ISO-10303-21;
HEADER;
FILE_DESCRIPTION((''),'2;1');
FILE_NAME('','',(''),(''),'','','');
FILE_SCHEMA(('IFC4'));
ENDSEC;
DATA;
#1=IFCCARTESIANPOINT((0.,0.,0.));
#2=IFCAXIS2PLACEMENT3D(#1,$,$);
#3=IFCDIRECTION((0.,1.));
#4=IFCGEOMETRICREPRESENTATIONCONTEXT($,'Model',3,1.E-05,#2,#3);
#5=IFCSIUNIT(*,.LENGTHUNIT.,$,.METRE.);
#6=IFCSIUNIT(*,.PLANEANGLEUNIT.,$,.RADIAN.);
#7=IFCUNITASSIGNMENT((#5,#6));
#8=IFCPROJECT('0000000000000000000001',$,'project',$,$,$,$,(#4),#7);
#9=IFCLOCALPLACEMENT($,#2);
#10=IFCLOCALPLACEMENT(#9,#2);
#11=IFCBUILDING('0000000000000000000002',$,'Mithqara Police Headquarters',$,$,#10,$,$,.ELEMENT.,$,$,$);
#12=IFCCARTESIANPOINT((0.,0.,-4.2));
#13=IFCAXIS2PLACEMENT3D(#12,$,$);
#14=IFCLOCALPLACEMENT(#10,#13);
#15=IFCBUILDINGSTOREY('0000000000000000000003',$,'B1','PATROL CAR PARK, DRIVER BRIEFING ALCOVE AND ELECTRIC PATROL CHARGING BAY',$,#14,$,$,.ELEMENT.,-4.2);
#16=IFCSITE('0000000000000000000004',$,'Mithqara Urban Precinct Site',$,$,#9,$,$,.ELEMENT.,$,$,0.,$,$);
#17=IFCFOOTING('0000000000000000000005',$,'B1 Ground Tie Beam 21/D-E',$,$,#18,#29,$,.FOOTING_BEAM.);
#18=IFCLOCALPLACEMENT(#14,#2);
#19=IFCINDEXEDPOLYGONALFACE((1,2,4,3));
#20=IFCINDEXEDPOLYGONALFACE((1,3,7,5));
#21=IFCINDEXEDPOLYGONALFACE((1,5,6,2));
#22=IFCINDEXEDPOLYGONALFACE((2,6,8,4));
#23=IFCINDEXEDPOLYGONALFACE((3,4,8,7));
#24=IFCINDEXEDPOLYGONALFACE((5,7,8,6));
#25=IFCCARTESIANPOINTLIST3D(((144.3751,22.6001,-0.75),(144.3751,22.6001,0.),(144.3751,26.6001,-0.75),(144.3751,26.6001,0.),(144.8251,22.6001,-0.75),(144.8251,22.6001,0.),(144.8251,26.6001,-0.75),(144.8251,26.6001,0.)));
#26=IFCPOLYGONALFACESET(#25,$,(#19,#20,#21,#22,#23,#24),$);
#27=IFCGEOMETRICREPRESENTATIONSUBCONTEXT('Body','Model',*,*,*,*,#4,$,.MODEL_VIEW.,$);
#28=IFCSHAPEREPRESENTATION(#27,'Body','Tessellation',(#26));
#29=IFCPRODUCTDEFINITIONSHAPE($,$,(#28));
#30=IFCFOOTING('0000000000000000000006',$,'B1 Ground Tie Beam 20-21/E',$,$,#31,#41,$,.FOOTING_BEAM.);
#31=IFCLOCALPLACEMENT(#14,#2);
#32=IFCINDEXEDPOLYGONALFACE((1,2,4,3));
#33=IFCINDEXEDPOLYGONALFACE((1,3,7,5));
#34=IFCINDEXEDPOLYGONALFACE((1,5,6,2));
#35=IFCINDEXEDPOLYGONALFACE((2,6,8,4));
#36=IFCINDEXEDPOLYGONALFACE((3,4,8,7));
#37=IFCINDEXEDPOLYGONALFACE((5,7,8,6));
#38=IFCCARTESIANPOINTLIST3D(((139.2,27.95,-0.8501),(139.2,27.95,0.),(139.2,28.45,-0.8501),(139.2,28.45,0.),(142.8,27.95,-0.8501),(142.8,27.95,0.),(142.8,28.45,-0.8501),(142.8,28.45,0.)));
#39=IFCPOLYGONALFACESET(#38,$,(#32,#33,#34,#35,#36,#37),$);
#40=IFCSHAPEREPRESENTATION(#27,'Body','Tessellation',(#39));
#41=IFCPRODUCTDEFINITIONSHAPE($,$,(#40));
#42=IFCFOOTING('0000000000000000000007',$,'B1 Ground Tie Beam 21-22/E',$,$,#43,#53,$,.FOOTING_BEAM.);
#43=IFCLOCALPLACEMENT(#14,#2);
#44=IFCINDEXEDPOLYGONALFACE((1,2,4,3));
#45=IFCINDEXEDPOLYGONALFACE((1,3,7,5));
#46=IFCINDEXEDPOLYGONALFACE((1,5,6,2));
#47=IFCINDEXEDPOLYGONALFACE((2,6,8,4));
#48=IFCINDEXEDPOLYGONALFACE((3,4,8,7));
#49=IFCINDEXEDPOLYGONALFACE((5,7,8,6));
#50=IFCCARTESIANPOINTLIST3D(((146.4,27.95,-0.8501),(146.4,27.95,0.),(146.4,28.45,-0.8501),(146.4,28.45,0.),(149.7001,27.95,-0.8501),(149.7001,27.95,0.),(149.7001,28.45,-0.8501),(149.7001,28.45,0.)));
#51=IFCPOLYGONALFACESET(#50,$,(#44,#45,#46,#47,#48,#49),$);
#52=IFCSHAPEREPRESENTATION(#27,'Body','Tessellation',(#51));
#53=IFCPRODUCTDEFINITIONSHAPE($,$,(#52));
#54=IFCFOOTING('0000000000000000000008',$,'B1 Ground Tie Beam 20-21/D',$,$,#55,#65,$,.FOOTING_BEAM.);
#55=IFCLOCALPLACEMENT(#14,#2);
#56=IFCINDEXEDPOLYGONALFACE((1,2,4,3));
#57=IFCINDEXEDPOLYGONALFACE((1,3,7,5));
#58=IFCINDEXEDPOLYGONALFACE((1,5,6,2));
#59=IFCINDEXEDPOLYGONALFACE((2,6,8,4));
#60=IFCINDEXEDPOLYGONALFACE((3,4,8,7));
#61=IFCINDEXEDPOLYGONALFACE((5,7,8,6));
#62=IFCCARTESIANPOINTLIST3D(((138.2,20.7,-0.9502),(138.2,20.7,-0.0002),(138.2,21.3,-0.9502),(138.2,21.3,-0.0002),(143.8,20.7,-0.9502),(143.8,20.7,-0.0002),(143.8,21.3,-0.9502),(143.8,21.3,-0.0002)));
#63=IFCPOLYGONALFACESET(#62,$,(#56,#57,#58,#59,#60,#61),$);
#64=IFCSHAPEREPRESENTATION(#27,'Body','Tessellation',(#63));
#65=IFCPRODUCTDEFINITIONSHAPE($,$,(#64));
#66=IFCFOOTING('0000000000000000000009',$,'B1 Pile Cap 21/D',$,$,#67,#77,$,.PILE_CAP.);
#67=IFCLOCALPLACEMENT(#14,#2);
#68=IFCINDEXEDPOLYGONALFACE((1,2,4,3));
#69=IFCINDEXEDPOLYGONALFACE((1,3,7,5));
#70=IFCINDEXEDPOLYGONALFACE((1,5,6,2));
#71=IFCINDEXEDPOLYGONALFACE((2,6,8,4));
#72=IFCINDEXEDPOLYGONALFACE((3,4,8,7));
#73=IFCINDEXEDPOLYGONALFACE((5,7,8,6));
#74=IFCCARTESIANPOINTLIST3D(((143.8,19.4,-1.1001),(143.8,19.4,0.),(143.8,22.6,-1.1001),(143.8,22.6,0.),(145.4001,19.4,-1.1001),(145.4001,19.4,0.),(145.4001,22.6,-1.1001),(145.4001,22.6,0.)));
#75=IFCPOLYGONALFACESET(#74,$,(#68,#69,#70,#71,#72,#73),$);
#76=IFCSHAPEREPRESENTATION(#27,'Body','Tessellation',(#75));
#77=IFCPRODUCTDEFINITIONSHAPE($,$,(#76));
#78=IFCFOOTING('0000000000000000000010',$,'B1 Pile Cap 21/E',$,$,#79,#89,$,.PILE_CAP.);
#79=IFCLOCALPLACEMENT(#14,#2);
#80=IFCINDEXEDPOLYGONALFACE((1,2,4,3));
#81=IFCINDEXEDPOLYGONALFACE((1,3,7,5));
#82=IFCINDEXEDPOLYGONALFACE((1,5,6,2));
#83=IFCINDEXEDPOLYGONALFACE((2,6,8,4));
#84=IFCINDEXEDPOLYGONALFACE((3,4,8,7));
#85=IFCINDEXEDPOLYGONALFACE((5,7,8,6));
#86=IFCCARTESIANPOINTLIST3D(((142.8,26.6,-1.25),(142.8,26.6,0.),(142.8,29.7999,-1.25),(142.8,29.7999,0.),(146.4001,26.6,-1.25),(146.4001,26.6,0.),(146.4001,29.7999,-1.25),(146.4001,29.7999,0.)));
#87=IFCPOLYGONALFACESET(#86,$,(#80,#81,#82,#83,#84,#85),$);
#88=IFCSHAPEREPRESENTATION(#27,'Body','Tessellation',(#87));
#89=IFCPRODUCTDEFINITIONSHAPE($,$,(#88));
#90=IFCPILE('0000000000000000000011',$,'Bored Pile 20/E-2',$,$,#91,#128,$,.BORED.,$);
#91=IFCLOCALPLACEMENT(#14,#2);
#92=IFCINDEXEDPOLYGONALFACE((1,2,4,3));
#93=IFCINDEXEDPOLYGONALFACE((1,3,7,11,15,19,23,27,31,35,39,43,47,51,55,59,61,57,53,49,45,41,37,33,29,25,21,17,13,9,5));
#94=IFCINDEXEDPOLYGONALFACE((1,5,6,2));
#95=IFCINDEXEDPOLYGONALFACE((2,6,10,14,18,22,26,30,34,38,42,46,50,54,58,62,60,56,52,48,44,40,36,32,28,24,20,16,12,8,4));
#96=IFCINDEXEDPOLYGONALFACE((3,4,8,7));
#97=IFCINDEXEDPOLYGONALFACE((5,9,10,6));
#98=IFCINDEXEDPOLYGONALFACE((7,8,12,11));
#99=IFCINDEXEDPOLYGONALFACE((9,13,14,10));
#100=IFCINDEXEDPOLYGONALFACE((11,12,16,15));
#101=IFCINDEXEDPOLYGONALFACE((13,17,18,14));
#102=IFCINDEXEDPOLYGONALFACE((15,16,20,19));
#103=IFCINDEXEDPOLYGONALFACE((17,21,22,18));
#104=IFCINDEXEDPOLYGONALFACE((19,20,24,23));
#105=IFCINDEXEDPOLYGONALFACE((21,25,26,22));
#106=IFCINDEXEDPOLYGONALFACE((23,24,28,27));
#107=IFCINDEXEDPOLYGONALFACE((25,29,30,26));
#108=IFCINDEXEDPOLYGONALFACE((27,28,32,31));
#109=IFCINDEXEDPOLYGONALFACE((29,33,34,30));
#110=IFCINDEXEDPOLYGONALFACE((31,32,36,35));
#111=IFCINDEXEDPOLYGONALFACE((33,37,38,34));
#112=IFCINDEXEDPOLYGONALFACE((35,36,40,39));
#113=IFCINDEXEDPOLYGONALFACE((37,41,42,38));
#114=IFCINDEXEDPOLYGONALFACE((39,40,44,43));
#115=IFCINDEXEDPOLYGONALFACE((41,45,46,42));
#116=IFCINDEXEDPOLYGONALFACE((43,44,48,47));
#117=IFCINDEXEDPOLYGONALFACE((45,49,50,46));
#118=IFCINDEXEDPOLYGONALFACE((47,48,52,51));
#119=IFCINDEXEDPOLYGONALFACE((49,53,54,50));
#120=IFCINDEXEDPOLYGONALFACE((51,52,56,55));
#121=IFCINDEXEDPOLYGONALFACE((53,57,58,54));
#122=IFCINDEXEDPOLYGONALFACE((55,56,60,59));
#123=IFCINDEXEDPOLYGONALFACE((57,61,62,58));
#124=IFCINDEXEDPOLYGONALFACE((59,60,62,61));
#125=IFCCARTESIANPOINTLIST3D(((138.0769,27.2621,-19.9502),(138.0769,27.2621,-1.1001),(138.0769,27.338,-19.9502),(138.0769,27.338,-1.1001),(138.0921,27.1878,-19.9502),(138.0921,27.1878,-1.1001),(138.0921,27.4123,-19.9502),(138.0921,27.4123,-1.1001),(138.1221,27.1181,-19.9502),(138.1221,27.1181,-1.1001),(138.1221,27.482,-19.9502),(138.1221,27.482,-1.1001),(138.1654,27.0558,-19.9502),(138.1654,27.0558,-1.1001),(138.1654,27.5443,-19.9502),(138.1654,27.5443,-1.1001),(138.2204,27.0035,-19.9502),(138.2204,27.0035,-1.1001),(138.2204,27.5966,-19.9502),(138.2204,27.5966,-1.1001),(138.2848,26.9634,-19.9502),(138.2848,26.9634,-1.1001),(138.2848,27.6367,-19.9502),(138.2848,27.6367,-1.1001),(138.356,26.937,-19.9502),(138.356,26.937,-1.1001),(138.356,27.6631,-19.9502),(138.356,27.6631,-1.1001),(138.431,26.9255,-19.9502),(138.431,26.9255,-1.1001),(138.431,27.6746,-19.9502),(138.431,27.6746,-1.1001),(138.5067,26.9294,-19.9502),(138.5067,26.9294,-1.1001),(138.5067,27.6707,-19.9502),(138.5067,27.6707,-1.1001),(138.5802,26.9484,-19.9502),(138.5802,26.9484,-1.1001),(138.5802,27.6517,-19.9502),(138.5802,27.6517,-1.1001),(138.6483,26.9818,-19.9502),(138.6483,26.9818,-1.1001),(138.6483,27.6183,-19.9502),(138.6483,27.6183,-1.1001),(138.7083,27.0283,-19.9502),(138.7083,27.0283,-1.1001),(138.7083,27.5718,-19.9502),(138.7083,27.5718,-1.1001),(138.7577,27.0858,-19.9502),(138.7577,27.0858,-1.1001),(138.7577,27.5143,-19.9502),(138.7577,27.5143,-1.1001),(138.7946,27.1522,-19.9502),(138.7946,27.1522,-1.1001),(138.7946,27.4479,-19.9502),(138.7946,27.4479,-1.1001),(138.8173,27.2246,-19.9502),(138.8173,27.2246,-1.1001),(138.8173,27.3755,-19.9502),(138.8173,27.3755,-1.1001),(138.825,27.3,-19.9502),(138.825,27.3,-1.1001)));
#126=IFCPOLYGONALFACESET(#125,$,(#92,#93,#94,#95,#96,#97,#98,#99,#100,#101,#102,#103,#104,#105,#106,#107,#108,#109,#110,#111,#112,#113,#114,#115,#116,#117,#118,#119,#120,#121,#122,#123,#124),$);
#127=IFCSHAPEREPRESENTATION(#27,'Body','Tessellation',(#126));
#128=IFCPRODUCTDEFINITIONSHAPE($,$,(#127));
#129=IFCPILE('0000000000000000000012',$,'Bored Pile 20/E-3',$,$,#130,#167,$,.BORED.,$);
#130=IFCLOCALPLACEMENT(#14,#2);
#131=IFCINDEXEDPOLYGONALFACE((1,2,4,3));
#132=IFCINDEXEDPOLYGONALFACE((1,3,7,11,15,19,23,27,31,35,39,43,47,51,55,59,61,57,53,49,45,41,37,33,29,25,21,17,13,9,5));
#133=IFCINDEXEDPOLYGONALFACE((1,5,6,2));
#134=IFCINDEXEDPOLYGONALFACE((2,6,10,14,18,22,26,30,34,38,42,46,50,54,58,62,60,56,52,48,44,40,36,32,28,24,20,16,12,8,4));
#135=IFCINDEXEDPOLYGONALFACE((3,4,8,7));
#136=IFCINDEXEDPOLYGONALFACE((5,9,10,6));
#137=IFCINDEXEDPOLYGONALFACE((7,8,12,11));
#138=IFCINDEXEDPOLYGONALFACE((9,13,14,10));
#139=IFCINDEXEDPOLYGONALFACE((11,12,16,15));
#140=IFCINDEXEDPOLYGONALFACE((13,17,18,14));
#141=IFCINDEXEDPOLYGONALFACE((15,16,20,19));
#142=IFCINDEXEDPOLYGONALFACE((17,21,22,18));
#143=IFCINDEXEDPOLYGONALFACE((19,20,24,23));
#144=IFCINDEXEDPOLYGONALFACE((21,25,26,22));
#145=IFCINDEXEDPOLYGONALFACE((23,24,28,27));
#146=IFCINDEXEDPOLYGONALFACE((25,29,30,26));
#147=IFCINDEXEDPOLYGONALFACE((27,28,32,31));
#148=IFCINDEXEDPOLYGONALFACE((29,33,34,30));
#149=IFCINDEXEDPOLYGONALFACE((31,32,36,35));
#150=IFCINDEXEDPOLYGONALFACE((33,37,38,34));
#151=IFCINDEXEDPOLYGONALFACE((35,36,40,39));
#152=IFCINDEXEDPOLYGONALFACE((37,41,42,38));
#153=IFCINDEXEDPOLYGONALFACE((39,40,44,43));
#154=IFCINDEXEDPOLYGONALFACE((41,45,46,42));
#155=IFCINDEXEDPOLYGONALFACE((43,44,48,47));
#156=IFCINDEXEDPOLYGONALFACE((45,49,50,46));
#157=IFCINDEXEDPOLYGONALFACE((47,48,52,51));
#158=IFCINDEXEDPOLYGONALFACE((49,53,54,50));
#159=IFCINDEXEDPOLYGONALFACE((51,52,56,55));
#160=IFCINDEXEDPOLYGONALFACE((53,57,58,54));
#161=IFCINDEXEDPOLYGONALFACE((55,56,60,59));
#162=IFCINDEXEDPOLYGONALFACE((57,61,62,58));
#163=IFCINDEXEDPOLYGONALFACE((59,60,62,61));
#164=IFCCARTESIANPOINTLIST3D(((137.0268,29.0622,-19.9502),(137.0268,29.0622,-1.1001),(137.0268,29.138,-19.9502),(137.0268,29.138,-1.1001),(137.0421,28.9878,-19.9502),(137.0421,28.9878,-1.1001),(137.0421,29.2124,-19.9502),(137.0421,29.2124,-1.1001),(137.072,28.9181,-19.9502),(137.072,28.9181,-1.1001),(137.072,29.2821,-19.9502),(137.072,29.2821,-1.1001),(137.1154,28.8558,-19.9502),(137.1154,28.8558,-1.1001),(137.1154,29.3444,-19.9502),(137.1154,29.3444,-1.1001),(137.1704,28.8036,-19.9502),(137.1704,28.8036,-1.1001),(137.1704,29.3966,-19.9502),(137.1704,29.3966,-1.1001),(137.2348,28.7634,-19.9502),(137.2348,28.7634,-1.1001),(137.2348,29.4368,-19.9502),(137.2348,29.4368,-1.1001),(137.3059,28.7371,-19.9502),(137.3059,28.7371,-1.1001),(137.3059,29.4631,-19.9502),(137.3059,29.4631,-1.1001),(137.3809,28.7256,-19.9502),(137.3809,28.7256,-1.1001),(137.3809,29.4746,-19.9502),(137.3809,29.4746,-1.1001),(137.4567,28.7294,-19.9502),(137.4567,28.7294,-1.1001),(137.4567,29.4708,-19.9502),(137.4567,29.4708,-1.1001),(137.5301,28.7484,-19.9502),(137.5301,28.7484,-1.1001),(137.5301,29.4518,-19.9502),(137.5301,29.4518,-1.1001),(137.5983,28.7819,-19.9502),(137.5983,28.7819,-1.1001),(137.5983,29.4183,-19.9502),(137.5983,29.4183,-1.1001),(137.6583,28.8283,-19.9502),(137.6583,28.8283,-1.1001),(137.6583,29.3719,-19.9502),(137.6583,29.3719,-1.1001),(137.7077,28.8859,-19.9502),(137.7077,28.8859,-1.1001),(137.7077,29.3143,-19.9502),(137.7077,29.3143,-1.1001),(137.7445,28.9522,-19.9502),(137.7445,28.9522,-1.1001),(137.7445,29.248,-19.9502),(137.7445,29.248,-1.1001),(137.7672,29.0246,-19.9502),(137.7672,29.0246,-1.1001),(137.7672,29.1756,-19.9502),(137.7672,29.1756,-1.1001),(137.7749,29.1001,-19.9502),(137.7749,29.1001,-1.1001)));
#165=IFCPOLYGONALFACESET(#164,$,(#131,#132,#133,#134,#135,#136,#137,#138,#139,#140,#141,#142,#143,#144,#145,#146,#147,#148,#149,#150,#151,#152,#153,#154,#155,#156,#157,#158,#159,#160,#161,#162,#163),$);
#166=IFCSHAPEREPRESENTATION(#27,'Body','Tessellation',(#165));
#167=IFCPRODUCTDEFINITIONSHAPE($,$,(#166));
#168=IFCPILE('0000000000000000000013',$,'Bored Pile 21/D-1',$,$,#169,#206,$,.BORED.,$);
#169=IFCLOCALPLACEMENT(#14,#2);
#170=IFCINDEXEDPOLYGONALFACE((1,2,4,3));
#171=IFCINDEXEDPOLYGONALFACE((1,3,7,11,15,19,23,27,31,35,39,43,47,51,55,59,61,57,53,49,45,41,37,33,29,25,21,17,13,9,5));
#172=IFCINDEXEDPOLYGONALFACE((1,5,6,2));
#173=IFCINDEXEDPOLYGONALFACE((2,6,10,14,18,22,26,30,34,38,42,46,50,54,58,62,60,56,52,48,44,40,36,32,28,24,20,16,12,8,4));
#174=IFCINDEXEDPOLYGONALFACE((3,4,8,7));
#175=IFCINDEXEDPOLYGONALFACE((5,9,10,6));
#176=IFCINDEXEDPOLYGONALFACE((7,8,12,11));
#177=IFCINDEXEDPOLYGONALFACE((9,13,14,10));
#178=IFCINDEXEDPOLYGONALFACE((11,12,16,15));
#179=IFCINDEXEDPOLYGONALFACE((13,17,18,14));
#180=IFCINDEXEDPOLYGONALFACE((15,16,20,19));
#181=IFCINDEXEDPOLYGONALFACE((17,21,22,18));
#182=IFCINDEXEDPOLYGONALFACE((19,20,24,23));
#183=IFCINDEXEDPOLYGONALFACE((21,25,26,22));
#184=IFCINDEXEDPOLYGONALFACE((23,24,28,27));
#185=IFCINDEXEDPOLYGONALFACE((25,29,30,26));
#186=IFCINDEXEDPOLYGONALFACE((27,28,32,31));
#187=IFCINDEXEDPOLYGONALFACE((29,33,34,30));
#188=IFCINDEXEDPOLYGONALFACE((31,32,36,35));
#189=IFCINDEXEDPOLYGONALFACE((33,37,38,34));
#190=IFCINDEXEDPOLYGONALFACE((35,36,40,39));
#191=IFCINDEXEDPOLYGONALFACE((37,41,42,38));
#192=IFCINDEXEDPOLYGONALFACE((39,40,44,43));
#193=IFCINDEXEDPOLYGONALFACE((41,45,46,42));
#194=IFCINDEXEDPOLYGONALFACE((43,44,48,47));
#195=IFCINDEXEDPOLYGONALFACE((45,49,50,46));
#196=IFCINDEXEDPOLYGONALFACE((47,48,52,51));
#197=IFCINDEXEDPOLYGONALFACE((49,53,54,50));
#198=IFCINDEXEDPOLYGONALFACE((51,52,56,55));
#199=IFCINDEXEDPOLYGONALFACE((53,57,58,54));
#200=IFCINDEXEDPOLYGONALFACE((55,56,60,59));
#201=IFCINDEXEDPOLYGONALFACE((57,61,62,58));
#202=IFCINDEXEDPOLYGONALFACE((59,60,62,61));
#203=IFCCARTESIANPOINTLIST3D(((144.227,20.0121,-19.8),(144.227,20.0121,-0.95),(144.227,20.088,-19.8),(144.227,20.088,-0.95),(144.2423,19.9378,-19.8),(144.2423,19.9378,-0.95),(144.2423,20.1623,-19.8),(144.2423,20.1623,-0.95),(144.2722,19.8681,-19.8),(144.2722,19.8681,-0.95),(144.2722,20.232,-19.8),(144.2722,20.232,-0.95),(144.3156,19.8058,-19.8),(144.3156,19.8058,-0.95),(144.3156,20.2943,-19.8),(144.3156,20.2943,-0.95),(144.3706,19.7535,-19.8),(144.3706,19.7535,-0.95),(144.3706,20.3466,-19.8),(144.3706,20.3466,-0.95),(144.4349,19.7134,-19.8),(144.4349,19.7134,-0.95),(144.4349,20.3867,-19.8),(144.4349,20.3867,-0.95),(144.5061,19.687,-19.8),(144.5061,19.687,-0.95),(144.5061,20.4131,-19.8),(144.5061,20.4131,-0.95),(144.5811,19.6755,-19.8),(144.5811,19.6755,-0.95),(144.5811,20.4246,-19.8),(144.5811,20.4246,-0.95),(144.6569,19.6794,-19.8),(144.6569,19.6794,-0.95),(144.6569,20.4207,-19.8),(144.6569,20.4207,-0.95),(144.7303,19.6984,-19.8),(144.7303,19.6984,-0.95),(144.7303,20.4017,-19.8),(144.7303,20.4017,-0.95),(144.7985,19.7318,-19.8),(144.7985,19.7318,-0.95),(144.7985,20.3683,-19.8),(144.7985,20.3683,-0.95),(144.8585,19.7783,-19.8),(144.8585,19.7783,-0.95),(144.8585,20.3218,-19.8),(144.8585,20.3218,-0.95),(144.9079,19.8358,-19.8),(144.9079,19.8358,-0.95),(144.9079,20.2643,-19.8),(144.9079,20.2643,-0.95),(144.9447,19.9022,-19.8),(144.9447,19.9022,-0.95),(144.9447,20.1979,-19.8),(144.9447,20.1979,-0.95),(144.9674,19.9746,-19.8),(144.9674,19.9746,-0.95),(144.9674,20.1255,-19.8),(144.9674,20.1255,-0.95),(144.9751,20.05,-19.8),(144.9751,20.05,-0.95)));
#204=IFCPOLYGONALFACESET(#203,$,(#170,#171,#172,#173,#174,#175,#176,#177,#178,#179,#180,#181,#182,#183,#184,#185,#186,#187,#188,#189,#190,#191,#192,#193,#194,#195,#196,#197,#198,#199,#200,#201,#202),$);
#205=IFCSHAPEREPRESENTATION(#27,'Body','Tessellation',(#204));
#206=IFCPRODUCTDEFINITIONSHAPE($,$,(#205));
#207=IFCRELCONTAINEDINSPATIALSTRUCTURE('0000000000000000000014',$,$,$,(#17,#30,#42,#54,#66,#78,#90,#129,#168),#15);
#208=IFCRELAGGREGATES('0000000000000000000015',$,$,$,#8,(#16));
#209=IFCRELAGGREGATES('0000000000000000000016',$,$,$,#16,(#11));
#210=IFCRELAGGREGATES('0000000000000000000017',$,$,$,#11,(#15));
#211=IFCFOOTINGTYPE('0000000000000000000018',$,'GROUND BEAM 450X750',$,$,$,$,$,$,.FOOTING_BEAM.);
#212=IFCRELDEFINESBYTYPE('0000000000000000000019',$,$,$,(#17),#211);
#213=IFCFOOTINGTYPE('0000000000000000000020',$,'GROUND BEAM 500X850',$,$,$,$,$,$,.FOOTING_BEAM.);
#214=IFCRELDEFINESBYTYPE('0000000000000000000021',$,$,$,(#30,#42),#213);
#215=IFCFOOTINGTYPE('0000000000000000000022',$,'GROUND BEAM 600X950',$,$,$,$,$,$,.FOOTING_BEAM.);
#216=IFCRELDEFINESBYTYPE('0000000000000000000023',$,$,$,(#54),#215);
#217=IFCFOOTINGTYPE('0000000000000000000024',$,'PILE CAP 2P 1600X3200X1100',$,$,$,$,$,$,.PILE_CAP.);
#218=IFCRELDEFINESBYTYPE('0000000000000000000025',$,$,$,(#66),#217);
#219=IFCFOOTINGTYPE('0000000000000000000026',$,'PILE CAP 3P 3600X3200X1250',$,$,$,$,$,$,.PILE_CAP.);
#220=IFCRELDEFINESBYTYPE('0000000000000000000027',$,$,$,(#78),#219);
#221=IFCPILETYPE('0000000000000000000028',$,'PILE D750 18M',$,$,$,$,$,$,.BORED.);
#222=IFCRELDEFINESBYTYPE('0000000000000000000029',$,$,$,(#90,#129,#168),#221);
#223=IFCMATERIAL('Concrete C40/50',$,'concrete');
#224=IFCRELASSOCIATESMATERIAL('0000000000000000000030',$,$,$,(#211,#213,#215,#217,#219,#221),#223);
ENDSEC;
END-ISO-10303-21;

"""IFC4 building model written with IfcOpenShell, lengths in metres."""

from ifc_helpers import new_model, si_unit, direction, frame, origin, origin_2d, place, context, subcontext, project, spatial, rectangle, circle, extrude, material, material_profile, profile_set, type_object, element, save


model = new_model("IFC4")

# Units and contexts
model_context = context("Model", 3, precision=1e-05, world=origin(), true_north=direction((0.0, 1.0)))
body_context = subcontext(model_context, "Body", "Model", "MODEL_VIEW")
ifc_project = project(units=[si_unit("LENGTHUNIT", "METRE"), si_unit("PLANEANGLEUNIT", "RADIAN")], contexts=[model_context])

# Site, building, storey
site_placement = place(None, origin())
site = spatial("IfcSite", under=ifc_project, at=site_placement, Name="Mithqara Urban Precinct Site", CompositionType="ELEMENT", RefElevation=0.0)
building_placement = place(site_placement, origin())
building = spatial("IfcBuilding", under=site, at=building_placement, Name="Mithqara Police Headquarters", CompositionType="ELEMENT")
storey_placement = place(building_placement, frame((0.0, 0.0, -4.2)))
storey = spatial("IfcBuildingStorey", under=building, at=storey_placement, Name="B1", Description="PATROL CAR PARK, DRIVER BRIEFING ALCOVE AND ELECTRIC PATROL CHARGING BAY", CompositionType="ELEMENT", Elevation=-4.2)

# Footings
ifc_material_1 = material(Name="Concrete C40/50", Category="concrete")
footing_type_1 = type_object("IfcFootingType", Name="GROUND BEAM 450X750", PredefinedType="FOOTING_BEAM", material=ifc_material_1)
footing_1_placement = place(storey_placement, frame((144.6001, 24.6001, -0.75), z_axis=(0.0, 0.0, 1.0), x_axis=(1.0, 0.0, 0.0)))
element("IfcFooting", 1, at=footing_1_placement, inside=storey, type_object=footing_type_1, Name="B1 Ground Tie Beam 21/D-E", PredefinedType="FOOTING_BEAM", context=body_context, shape_type="SweptSolid", body=[
    extrude(rectangle(XDim=0.45, YDim=4.0, at=origin_2d()), origin(), (0.0, 0.0, 1.0), 0.75),
])
footing_type_2 = type_object("IfcFootingType", Name="GROUND BEAM 500X850", PredefinedType="FOOTING_BEAM", material=ifc_material_1)
footing_2_placement = place(storey_placement, frame((141.0, 28.2, -0.8501), z_axis=(0.0, 0.0, 1.0), x_axis=(1.0, 0.0, 0.0)))
element("IfcFooting", 2, at=footing_2_placement, inside=storey, type_object=footing_type_2, Name="B1 Ground Tie Beam 20-21/E", PredefinedType="FOOTING_BEAM", context=body_context, shape_type="SweptSolid", body=[
    extrude(rectangle(XDim=3.6001, YDim=0.5, at=origin_2d()), origin(), (0.0, 0.0, 1.0), 0.8501),
])
footing_3_placement = place(storey_placement, frame((148.05, 28.2, -0.8501), z_axis=(0.0, 0.0, 1.0), x_axis=(1.0, 0.0, 0.0)))
element("IfcFooting", 3, at=footing_3_placement, inside=storey, type_object=footing_type_2, Name="B1 Ground Tie Beam 21-22/E", PredefinedType="FOOTING_BEAM", context=body_context, shape_type="SweptSolid", body=[
    extrude(rectangle(XDim=3.3, YDim=0.5, at=origin_2d()), origin(), (0.0, 0.0, 1.0), 0.8501),
])
footing_type_3 = type_object("IfcFootingType", Name="GROUND BEAM 600X950", PredefinedType="FOOTING_BEAM", material=ifc_material_1)
footing_4_placement = place(storey_placement, frame((141.0, 21.0, -0.9502), z_axis=(0.0, 0.0, 1.0), x_axis=(1.0, 0.0, 0.0)))
element("IfcFooting", 4, at=footing_4_placement, inside=storey, type_object=footing_type_3, Name="B1 Ground Tie Beam 20-21/D", PredefinedType="FOOTING_BEAM", context=body_context, shape_type="SweptSolid", body=[
    extrude(rectangle(XDim=5.6001, YDim=0.6001, at=origin_2d()), origin(), (0.0, 0.0, 1.0), 0.95),
])
footing_type_4 = type_object("IfcFootingType", Name="PILE CAP 2P 1600X3200X1100", PredefinedType="PILE_CAP", material=ifc_material_1)
footing_5_placement = place(storey_placement, frame((144.6001, 21.0, -1.1001), z_axis=(0.0, 0.0, 1.0), x_axis=(1.0, 0.0, 0.0)))
element("IfcFooting", 5, at=footing_5_placement, inside=storey, type_object=footing_type_4, Name="B1 Pile Cap 21/D", PredefinedType="PILE_CAP", context=body_context, shape_type="SweptSolid", body=[
    extrude(rectangle(XDim=1.6001, YDim=3.2, at=origin_2d()), origin(), (0.0, 0.0, 1.0), 1.1001),
])
footing_type_5 = type_object("IfcFootingType", Name="PILE CAP 3P 3600X3200X1250", PredefinedType="PILE_CAP", material=ifc_material_1)
footing_6_placement = place(storey_placement, frame((144.6001, 28.2, -1.25), z_axis=(0.0, 0.0, 1.0), x_axis=(1.0, 0.0, 0.0)))
element("IfcFooting", 6, at=footing_6_placement, inside=storey, type_object=footing_type_5, Name="B1 Pile Cap 21/E", PredefinedType="PILE_CAP", context=body_context, shape_type="SweptSolid", body=[
    extrude(rectangle(XDim=3.6001, YDim=3.2, at=origin_2d()), origin(), (0.0, 0.0, 1.0), 1.25),
])

# Piles
ifc_material_profile_1 = material_profile(ifc_material_1, circle(Radius=0.375, at=origin_2d()), Name="PILE D750")
ifc_profile_set_1 = profile_set([ifc_material_profile_1], Name="Concrete C40/50")
pile_type = type_object("IfcPileType", Name="PILE D750 18M", PredefinedType="BORED", material=ifc_profile_set_1)
for number, where, z_axis, x_axis, name in (
    (7, (138.45, 27.3, -1.1001), (0.0, 0.0, -1.0), (1.0, 0.0, 0.0), "Bored Pile 20/E-2"),
    (8, (137.3999, 29.1001, -1.1001), (0.0, 0.0, -1.0), (1.0, 0.0, 0.0), "Bored Pile 20/E-3"),
    (9, (144.6001, 20.05, -0.95), (0.0, 0.0, -1.0), (1.0, 0.0, 0.0), "Bored Pile 21/D-1"),
):
    element("IfcPile", number, at=place(storey_placement, frame(where, z_axis=z_axis, x_axis=x_axis)), inside=storey, type_object=pile_type, Name=name, PredefinedType="BORED", context=body_context, shape_type="SweptSolid", body=[
        extrude(circle(Radius=0.375, at=origin_2d()), origin(), (0.0, 0.0, 1.0), 18.8501),
    ])

save(model, "model.ifc")
